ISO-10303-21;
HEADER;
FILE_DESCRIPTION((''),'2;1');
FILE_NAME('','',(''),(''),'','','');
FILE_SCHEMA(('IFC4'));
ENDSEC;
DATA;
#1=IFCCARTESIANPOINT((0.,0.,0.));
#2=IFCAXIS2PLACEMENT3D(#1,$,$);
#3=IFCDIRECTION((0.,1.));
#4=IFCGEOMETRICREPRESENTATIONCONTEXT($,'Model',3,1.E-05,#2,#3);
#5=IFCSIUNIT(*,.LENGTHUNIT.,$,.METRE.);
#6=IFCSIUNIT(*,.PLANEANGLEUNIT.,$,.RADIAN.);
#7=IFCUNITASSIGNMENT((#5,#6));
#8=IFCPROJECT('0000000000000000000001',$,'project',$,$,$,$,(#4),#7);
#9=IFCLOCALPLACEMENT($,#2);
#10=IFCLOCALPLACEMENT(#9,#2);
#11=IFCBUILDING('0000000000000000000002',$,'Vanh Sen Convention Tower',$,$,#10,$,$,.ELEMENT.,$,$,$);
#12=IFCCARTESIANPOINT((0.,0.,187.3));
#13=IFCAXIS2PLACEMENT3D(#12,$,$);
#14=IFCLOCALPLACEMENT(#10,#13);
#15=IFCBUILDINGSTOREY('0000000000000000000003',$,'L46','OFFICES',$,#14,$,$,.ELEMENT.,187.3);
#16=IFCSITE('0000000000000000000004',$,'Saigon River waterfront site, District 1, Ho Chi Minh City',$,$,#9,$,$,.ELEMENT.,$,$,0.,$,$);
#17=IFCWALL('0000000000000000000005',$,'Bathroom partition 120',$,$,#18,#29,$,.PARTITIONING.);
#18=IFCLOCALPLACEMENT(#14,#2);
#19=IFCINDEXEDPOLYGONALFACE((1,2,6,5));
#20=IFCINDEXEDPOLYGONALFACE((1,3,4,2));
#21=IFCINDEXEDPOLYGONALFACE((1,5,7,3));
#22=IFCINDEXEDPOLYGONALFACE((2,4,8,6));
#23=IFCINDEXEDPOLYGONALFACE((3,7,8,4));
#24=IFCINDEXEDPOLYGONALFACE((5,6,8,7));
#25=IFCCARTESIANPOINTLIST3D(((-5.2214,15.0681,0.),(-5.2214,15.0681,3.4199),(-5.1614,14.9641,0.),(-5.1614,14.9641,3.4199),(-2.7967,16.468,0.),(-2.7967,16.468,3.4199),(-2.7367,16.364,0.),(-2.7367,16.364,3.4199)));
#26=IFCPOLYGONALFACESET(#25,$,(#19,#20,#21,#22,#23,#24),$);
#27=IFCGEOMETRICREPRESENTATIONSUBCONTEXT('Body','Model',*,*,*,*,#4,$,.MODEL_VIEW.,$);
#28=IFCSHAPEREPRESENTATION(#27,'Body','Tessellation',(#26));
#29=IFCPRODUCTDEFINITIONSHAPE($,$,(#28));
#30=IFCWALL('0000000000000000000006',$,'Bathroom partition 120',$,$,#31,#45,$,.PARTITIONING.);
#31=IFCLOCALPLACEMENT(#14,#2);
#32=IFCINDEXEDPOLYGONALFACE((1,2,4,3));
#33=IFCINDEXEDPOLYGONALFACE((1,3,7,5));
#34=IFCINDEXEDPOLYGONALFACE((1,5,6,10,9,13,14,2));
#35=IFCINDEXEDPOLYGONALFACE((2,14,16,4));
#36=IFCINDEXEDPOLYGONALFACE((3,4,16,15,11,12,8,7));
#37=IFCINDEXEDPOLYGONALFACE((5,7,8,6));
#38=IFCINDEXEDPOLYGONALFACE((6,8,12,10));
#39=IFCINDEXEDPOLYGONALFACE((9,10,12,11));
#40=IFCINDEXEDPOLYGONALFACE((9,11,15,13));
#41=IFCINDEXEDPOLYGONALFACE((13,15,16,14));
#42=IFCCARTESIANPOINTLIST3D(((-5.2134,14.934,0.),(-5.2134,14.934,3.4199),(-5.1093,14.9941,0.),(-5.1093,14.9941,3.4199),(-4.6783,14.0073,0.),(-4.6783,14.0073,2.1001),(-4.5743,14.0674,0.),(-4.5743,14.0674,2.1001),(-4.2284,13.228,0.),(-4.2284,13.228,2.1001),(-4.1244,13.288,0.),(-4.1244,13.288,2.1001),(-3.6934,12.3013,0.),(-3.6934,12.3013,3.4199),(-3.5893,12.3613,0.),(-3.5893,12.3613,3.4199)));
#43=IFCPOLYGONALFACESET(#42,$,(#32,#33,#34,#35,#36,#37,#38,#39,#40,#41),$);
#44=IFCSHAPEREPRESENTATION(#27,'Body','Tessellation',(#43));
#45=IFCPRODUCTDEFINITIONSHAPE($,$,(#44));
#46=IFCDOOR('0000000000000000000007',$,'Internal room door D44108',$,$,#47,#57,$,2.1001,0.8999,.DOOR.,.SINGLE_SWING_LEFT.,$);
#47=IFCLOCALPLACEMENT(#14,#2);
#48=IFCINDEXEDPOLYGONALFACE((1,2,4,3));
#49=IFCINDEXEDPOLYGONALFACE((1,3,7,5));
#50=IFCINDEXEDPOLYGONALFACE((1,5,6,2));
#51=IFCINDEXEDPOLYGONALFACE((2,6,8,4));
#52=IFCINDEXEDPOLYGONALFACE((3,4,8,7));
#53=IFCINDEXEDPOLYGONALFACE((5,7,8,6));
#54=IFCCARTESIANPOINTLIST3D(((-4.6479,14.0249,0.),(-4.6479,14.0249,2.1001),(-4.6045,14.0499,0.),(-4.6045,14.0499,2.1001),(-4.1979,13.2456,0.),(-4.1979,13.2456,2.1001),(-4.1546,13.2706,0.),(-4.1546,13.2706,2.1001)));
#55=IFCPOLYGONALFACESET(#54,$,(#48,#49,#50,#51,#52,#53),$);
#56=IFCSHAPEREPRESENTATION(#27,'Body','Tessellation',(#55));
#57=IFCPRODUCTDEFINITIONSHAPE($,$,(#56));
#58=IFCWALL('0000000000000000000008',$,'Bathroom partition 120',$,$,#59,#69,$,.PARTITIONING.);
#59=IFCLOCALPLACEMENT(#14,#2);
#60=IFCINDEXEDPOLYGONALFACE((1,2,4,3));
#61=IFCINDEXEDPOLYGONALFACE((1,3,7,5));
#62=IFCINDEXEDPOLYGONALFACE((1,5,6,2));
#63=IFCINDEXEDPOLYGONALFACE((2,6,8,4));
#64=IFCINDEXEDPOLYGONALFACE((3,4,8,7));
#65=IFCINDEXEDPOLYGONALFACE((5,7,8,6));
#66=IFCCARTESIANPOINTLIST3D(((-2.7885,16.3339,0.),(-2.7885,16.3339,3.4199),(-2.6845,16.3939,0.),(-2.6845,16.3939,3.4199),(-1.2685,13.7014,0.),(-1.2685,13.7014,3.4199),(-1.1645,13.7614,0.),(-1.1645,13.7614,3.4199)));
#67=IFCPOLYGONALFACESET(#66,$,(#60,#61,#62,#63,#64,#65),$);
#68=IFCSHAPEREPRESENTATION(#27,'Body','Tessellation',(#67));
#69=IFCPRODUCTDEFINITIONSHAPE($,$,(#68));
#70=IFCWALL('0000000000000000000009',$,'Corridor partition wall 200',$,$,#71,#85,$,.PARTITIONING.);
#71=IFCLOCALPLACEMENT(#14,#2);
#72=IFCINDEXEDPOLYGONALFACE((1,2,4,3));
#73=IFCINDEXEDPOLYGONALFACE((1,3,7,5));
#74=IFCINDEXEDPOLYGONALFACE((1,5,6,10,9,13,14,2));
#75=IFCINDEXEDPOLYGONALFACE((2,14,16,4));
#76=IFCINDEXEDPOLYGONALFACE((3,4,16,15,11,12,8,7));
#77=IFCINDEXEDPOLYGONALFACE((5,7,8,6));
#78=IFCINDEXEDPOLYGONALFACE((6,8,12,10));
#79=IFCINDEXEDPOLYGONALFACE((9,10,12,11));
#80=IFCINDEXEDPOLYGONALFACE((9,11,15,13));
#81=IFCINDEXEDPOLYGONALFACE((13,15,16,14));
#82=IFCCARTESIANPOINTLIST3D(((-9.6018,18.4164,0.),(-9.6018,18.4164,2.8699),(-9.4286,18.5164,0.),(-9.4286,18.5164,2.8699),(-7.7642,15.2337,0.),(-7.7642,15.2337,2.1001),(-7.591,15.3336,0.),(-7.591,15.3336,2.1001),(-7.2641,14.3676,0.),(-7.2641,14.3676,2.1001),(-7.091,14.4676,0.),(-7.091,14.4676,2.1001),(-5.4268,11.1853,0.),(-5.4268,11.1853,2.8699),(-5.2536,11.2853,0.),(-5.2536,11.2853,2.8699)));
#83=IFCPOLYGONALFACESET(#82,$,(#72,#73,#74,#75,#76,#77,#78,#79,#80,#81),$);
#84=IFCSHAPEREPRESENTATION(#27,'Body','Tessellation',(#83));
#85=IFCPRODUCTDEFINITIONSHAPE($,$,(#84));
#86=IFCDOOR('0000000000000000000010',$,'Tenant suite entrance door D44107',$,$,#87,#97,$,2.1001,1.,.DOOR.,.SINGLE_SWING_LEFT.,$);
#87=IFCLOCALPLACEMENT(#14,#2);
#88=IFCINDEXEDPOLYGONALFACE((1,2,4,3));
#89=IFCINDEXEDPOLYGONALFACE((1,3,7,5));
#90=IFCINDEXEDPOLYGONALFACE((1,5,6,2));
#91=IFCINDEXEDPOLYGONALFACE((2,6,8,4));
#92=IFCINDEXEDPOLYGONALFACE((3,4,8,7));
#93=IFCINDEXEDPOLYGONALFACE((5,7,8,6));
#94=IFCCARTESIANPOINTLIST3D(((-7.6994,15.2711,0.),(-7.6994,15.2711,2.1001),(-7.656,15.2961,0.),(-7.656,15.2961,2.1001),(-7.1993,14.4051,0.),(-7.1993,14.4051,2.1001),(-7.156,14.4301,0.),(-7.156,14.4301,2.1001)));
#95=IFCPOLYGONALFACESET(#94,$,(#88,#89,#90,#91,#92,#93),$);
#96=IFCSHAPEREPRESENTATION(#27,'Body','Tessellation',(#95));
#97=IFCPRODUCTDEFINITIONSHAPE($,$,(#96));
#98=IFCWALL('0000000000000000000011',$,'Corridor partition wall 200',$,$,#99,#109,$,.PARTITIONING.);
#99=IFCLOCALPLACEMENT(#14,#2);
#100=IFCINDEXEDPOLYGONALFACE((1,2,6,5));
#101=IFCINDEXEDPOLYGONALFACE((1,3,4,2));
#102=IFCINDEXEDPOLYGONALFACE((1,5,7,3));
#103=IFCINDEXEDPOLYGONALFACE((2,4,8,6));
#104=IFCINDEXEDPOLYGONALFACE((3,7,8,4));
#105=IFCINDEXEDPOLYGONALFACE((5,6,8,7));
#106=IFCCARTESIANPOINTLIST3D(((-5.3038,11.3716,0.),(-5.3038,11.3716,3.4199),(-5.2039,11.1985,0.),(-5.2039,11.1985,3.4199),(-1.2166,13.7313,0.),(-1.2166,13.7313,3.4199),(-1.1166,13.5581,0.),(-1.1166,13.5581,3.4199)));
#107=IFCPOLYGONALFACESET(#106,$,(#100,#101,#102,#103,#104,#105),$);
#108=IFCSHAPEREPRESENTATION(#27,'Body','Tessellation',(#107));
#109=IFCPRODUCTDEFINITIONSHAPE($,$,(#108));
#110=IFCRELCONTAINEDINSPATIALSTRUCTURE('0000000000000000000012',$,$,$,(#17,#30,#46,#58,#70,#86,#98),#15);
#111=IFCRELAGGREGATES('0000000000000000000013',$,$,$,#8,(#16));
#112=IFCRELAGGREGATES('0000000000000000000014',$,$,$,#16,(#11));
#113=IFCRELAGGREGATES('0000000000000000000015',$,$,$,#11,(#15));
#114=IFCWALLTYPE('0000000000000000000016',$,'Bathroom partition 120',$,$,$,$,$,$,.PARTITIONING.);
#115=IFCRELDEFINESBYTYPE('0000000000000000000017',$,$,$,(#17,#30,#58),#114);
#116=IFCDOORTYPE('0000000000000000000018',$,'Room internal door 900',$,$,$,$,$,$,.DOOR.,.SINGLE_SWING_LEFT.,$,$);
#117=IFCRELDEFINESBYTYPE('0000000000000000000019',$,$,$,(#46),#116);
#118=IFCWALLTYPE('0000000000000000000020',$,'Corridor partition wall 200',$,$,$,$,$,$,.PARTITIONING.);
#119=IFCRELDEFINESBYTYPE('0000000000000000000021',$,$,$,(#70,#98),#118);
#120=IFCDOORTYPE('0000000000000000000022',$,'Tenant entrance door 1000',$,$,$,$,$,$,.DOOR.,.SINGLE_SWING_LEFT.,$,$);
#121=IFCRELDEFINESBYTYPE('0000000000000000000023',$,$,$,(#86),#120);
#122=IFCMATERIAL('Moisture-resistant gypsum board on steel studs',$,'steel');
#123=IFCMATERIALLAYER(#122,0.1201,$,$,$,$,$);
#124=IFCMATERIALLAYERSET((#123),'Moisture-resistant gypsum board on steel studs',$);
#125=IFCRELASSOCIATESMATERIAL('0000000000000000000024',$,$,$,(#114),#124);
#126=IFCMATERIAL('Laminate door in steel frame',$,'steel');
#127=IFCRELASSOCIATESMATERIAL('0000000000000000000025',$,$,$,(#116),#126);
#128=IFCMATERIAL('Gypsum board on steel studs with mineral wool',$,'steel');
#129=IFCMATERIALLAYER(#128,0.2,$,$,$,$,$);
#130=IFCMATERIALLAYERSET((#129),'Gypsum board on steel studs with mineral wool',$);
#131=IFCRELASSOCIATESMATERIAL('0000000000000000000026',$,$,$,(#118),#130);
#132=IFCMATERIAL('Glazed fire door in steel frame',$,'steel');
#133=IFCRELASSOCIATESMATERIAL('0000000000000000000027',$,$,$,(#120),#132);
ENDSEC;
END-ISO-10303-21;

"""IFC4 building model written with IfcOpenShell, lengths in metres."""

from ifc_helpers import new_model, si_unit, direction, frame, frame_2d, origin, place, context, subcontext, project, spatial, rectangle, extrude, material, layer, layer_set, type_object, element, fill, save


model = new_model("IFC4")

# Units and contexts
model_context = context("Model", 3, precision=1e-05, world=origin(), true_north=direction((0.0, 1.0)))
body_context = subcontext(model_context, "Body", "Model", "MODEL_VIEW")
ifc_project = project(units=[si_unit("LENGTHUNIT", "METRE"), si_unit("PLANEANGLEUNIT", "RADIAN")], contexts=[model_context])

# Site, building, storey
site_placement = place(None, origin())
site = spatial("IfcSite", under=ifc_project, at=site_placement, Name="Saigon River waterfront site, District 1, Ho Chi Minh City", CompositionType="ELEMENT", RefElevation=0.0)
building_placement = place(site_placement, origin())
building = spatial("IfcBuilding", under=site, at=building_placement, Name="Vanh Sen Convention Tower", CompositionType="ELEMENT")
storey_placement = place(building_placement, frame((0.0, 0.0, 187.3)))
storey = spatial("IfcBuildingStorey", under=building, at=storey_placement, Name="L46", Description="OFFICES", CompositionType="ELEMENT", Elevation=187.3)

# Wall
ifc_material_1 = material(Name="Moisture-resistant gypsum board on steel studs", Category="steel")
ifc_layer_1 = layer(ifc_material_1, 0.1201)
ifc_layer_set_1 = layer_set([ifc_layer_1], Name="Moisture-resistant gypsum board on steel studs")
wall_type_1 = type_object("IfcWallType", Name="Bathroom partition 120", PredefinedType="PARTITIONING", material=ifc_layer_set_1)
wall_1_placement = place(storey_placement, frame((-5.1914, 15.0161, 0.0), z_axis=(0.0, 0.0, 1.0), x_axis=(0.866035, 0.499984, 0.0)))
element("IfcWall", 1, at=wall_1_placement, inside=storey, type_object=wall_type_1, Name="Bathroom partition 120", PredefinedType="PARTITIONING", context=body_context, shape_type="SweptSolid", body=[
    extrude(rectangle(XDim=2.7998, YDim=0.1201, at=frame_2d((1.3999, 0.0))), origin(), (0.0, 0.0, 1.0), 3.4199),
])

# Wall, opening, door
wall_2_placement = place(storey_placement, frame((-3.6414, 12.3313, 0.0), z_axis=(0.0, 0.0, 1.0), x_axis=(-0.499991, 0.86603, 0.0)))
wall_2 = element("IfcWall", 2, at=wall_2_placement, inside=storey, type_object=wall_type_1, Name="Bathroom partition 120", PredefinedType="PARTITIONING", context=body_context, shape_type="SweptSolid", body=[
    extrude(rectangle(XDim=3.04, YDim=0.1201, at=frame_2d((1.52, 0.0))), origin(), (0.0, 0.0, 1.0), 3.4199),
])
opening_1_placement = place(wall_2_placement, frame((1.0701, 0.0, 0.0)))
opening_1 = element("IfcOpeningElement", 3, at=opening_1_placement, cuts=wall_2, PredefinedType="OPENING", context=body_context, shape_type="SweptSolid", body=[
    extrude(rectangle(XDim=0.8999, YDim=2.1001, at=frame_2d((0.45, 1.05))), frame((0.0, 0.0701, 0.0), z_axis=(0.0, -1.0, 0.0), x_axis=(1.0, 0.0, 0.0)), (0.0, 0.0, 1.0), 0.1401),
])
ifc_material_2 = material(Name="Laminate door in steel frame", Category="steel")
door_type_1 = type_object("IfcDoorType", Name="Room internal door 900", OperationType="SINGLE_SWING_LEFT", PredefinedType="DOOR", material=ifc_material_2)
door_1_placement = place(opening_1_placement, origin())
door_1 = element("IfcDoor", 4, at=door_1_placement, inside=storey, type_object=door_type_1, Name="Internal room door D44108", OperationType="SINGLE_SWING_LEFT", OverallHeight=2.1001, OverallWidth=0.8999, PredefinedType="DOOR", context=body_context, shape_type="SweptSolid", body=[
    extrude(rectangle(XDim=0.8999, YDim=2.1001, at=frame_2d((0.45, 1.05))), frame((0.0, 0.0249, 0.0), z_axis=(0.0, -1.0, 0.0), x_axis=(1.0, 0.0, 0.0)), (0.0, 0.0, 1.0), 0.05),
])
fill(opening_1, door_1)

# Wall
wall_3_placement = place(storey_placement, frame((-2.7366, 16.364, 0.0), z_axis=(0.0, 0.0, 1.0), x_axis=(0.500026, -0.86601, 0.0)))
element("IfcWall", 5, at=wall_3_placement, inside=storey, type_object=wall_type_1, Name="Bathroom partition 120", PredefinedType="PARTITIONING", context=body_context, shape_type="SweptSolid", body=[
    extrude(rectangle(XDim=3.0398, YDim=0.1201, at=frame_2d((1.52, 0.0))), origin(), (0.0, 0.0, 1.0), 3.4199),
])

# Wall, opening, door
ifc_material_3 = material(Name="Gypsum board on steel studs with mineral wool", Category="steel")
ifc_layer_2 = layer(ifc_material_3, 0.2)
ifc_layer_set_2 = layer_set([ifc_layer_2], Name="Gypsum board on steel studs with mineral wool")
wall_type_2 = type_object("IfcWallType", Name="Corridor partition wall 200", PredefinedType="PARTITIONING", material=ifc_layer_set_2)
wall_4_placement = place(storey_placement, frame((-9.5151, 18.4663, 0.0), z_axis=(0.0, 0.0, 1.0), x_axis=(0.50001, -0.86602, 0.0)))
wall_4 = element("IfcWall", 6, at=wall_4_placement, inside=storey, type_object=wall_type_2, Name="Corridor partition wall 200", PredefinedType="PARTITIONING", context=body_context, shape_type="SweptSolid", body=[
    extrude(rectangle(XDim=8.3499, YDim=0.2, at=frame_2d((4.1748, 0.0))), origin(), (0.0, 0.0, 1.0), 2.8699),
])
opening_2_placement = place(wall_4_placement, frame((3.675, 0.0, 0.0)))
opening_2 = element("IfcOpeningElement", 7, at=opening_2_placement, cuts=wall_4, PredefinedType="OPENING", context=body_context, shape_type="SweptSolid", body=[
    extrude(rectangle(XDim=1.0, YDim=2.1001, at=frame_2d((0.5, 1.05))), frame((0.0, 0.1099, 0.0), z_axis=(0.0, -1.0, 0.0), x_axis=(1.0, 0.0, 0.0)), (0.0, 0.0, 1.0), 0.22),
])
ifc_material_4 = material(Name="Glazed fire door in steel frame", Category="steel")
door_type_2 = type_object("IfcDoorType", Name="Tenant entrance door 1000", OperationType="SINGLE_SWING_LEFT", PredefinedType="DOOR", material=ifc_material_4)
door_2_placement = place(opening_2_placement, origin())
door_2 = element("IfcDoor", 8, at=door_2_placement, inside=storey, type_object=door_type_2, Name="Tenant suite entrance door D44107", OperationType="SINGLE_SWING_LEFT", OverallHeight=2.1001, OverallWidth=1.0, PredefinedType="DOOR", context=body_context, shape_type="SweptSolid", body=[
    extrude(rectangle(XDim=1.0, YDim=2.1001, at=frame_2d((0.5, 1.05))), frame((0.0, 0.0249, 0.0), z_axis=(0.0, -1.0, 0.0), x_axis=(1.0, 0.0, 0.0)), (0.0, 0.0, 1.0), 0.05),
])
fill(opening_2, door_2)

# Wall
wall_5_placement = place(storey_placement, frame((-1.1665, 13.6448, 0.0), z_axis=(0.0, 0.0, 1.0), x_axis=(-0.866035, -0.499984, 0.0)))
element("IfcWall", 9, at=wall_5_placement, inside=storey, type_object=wall_type_2, Name="Corridor partition wall 200", PredefinedType="PARTITIONING", context=body_context, shape_type="SweptSolid", body=[
    extrude(rectangle(XDim=4.7195, YDim=0.2, at=frame_2d((2.3599, 0.0))), origin(), (0.0, 0.0, 1.0), 3.4199),
])

save(model, "model.ifc")
